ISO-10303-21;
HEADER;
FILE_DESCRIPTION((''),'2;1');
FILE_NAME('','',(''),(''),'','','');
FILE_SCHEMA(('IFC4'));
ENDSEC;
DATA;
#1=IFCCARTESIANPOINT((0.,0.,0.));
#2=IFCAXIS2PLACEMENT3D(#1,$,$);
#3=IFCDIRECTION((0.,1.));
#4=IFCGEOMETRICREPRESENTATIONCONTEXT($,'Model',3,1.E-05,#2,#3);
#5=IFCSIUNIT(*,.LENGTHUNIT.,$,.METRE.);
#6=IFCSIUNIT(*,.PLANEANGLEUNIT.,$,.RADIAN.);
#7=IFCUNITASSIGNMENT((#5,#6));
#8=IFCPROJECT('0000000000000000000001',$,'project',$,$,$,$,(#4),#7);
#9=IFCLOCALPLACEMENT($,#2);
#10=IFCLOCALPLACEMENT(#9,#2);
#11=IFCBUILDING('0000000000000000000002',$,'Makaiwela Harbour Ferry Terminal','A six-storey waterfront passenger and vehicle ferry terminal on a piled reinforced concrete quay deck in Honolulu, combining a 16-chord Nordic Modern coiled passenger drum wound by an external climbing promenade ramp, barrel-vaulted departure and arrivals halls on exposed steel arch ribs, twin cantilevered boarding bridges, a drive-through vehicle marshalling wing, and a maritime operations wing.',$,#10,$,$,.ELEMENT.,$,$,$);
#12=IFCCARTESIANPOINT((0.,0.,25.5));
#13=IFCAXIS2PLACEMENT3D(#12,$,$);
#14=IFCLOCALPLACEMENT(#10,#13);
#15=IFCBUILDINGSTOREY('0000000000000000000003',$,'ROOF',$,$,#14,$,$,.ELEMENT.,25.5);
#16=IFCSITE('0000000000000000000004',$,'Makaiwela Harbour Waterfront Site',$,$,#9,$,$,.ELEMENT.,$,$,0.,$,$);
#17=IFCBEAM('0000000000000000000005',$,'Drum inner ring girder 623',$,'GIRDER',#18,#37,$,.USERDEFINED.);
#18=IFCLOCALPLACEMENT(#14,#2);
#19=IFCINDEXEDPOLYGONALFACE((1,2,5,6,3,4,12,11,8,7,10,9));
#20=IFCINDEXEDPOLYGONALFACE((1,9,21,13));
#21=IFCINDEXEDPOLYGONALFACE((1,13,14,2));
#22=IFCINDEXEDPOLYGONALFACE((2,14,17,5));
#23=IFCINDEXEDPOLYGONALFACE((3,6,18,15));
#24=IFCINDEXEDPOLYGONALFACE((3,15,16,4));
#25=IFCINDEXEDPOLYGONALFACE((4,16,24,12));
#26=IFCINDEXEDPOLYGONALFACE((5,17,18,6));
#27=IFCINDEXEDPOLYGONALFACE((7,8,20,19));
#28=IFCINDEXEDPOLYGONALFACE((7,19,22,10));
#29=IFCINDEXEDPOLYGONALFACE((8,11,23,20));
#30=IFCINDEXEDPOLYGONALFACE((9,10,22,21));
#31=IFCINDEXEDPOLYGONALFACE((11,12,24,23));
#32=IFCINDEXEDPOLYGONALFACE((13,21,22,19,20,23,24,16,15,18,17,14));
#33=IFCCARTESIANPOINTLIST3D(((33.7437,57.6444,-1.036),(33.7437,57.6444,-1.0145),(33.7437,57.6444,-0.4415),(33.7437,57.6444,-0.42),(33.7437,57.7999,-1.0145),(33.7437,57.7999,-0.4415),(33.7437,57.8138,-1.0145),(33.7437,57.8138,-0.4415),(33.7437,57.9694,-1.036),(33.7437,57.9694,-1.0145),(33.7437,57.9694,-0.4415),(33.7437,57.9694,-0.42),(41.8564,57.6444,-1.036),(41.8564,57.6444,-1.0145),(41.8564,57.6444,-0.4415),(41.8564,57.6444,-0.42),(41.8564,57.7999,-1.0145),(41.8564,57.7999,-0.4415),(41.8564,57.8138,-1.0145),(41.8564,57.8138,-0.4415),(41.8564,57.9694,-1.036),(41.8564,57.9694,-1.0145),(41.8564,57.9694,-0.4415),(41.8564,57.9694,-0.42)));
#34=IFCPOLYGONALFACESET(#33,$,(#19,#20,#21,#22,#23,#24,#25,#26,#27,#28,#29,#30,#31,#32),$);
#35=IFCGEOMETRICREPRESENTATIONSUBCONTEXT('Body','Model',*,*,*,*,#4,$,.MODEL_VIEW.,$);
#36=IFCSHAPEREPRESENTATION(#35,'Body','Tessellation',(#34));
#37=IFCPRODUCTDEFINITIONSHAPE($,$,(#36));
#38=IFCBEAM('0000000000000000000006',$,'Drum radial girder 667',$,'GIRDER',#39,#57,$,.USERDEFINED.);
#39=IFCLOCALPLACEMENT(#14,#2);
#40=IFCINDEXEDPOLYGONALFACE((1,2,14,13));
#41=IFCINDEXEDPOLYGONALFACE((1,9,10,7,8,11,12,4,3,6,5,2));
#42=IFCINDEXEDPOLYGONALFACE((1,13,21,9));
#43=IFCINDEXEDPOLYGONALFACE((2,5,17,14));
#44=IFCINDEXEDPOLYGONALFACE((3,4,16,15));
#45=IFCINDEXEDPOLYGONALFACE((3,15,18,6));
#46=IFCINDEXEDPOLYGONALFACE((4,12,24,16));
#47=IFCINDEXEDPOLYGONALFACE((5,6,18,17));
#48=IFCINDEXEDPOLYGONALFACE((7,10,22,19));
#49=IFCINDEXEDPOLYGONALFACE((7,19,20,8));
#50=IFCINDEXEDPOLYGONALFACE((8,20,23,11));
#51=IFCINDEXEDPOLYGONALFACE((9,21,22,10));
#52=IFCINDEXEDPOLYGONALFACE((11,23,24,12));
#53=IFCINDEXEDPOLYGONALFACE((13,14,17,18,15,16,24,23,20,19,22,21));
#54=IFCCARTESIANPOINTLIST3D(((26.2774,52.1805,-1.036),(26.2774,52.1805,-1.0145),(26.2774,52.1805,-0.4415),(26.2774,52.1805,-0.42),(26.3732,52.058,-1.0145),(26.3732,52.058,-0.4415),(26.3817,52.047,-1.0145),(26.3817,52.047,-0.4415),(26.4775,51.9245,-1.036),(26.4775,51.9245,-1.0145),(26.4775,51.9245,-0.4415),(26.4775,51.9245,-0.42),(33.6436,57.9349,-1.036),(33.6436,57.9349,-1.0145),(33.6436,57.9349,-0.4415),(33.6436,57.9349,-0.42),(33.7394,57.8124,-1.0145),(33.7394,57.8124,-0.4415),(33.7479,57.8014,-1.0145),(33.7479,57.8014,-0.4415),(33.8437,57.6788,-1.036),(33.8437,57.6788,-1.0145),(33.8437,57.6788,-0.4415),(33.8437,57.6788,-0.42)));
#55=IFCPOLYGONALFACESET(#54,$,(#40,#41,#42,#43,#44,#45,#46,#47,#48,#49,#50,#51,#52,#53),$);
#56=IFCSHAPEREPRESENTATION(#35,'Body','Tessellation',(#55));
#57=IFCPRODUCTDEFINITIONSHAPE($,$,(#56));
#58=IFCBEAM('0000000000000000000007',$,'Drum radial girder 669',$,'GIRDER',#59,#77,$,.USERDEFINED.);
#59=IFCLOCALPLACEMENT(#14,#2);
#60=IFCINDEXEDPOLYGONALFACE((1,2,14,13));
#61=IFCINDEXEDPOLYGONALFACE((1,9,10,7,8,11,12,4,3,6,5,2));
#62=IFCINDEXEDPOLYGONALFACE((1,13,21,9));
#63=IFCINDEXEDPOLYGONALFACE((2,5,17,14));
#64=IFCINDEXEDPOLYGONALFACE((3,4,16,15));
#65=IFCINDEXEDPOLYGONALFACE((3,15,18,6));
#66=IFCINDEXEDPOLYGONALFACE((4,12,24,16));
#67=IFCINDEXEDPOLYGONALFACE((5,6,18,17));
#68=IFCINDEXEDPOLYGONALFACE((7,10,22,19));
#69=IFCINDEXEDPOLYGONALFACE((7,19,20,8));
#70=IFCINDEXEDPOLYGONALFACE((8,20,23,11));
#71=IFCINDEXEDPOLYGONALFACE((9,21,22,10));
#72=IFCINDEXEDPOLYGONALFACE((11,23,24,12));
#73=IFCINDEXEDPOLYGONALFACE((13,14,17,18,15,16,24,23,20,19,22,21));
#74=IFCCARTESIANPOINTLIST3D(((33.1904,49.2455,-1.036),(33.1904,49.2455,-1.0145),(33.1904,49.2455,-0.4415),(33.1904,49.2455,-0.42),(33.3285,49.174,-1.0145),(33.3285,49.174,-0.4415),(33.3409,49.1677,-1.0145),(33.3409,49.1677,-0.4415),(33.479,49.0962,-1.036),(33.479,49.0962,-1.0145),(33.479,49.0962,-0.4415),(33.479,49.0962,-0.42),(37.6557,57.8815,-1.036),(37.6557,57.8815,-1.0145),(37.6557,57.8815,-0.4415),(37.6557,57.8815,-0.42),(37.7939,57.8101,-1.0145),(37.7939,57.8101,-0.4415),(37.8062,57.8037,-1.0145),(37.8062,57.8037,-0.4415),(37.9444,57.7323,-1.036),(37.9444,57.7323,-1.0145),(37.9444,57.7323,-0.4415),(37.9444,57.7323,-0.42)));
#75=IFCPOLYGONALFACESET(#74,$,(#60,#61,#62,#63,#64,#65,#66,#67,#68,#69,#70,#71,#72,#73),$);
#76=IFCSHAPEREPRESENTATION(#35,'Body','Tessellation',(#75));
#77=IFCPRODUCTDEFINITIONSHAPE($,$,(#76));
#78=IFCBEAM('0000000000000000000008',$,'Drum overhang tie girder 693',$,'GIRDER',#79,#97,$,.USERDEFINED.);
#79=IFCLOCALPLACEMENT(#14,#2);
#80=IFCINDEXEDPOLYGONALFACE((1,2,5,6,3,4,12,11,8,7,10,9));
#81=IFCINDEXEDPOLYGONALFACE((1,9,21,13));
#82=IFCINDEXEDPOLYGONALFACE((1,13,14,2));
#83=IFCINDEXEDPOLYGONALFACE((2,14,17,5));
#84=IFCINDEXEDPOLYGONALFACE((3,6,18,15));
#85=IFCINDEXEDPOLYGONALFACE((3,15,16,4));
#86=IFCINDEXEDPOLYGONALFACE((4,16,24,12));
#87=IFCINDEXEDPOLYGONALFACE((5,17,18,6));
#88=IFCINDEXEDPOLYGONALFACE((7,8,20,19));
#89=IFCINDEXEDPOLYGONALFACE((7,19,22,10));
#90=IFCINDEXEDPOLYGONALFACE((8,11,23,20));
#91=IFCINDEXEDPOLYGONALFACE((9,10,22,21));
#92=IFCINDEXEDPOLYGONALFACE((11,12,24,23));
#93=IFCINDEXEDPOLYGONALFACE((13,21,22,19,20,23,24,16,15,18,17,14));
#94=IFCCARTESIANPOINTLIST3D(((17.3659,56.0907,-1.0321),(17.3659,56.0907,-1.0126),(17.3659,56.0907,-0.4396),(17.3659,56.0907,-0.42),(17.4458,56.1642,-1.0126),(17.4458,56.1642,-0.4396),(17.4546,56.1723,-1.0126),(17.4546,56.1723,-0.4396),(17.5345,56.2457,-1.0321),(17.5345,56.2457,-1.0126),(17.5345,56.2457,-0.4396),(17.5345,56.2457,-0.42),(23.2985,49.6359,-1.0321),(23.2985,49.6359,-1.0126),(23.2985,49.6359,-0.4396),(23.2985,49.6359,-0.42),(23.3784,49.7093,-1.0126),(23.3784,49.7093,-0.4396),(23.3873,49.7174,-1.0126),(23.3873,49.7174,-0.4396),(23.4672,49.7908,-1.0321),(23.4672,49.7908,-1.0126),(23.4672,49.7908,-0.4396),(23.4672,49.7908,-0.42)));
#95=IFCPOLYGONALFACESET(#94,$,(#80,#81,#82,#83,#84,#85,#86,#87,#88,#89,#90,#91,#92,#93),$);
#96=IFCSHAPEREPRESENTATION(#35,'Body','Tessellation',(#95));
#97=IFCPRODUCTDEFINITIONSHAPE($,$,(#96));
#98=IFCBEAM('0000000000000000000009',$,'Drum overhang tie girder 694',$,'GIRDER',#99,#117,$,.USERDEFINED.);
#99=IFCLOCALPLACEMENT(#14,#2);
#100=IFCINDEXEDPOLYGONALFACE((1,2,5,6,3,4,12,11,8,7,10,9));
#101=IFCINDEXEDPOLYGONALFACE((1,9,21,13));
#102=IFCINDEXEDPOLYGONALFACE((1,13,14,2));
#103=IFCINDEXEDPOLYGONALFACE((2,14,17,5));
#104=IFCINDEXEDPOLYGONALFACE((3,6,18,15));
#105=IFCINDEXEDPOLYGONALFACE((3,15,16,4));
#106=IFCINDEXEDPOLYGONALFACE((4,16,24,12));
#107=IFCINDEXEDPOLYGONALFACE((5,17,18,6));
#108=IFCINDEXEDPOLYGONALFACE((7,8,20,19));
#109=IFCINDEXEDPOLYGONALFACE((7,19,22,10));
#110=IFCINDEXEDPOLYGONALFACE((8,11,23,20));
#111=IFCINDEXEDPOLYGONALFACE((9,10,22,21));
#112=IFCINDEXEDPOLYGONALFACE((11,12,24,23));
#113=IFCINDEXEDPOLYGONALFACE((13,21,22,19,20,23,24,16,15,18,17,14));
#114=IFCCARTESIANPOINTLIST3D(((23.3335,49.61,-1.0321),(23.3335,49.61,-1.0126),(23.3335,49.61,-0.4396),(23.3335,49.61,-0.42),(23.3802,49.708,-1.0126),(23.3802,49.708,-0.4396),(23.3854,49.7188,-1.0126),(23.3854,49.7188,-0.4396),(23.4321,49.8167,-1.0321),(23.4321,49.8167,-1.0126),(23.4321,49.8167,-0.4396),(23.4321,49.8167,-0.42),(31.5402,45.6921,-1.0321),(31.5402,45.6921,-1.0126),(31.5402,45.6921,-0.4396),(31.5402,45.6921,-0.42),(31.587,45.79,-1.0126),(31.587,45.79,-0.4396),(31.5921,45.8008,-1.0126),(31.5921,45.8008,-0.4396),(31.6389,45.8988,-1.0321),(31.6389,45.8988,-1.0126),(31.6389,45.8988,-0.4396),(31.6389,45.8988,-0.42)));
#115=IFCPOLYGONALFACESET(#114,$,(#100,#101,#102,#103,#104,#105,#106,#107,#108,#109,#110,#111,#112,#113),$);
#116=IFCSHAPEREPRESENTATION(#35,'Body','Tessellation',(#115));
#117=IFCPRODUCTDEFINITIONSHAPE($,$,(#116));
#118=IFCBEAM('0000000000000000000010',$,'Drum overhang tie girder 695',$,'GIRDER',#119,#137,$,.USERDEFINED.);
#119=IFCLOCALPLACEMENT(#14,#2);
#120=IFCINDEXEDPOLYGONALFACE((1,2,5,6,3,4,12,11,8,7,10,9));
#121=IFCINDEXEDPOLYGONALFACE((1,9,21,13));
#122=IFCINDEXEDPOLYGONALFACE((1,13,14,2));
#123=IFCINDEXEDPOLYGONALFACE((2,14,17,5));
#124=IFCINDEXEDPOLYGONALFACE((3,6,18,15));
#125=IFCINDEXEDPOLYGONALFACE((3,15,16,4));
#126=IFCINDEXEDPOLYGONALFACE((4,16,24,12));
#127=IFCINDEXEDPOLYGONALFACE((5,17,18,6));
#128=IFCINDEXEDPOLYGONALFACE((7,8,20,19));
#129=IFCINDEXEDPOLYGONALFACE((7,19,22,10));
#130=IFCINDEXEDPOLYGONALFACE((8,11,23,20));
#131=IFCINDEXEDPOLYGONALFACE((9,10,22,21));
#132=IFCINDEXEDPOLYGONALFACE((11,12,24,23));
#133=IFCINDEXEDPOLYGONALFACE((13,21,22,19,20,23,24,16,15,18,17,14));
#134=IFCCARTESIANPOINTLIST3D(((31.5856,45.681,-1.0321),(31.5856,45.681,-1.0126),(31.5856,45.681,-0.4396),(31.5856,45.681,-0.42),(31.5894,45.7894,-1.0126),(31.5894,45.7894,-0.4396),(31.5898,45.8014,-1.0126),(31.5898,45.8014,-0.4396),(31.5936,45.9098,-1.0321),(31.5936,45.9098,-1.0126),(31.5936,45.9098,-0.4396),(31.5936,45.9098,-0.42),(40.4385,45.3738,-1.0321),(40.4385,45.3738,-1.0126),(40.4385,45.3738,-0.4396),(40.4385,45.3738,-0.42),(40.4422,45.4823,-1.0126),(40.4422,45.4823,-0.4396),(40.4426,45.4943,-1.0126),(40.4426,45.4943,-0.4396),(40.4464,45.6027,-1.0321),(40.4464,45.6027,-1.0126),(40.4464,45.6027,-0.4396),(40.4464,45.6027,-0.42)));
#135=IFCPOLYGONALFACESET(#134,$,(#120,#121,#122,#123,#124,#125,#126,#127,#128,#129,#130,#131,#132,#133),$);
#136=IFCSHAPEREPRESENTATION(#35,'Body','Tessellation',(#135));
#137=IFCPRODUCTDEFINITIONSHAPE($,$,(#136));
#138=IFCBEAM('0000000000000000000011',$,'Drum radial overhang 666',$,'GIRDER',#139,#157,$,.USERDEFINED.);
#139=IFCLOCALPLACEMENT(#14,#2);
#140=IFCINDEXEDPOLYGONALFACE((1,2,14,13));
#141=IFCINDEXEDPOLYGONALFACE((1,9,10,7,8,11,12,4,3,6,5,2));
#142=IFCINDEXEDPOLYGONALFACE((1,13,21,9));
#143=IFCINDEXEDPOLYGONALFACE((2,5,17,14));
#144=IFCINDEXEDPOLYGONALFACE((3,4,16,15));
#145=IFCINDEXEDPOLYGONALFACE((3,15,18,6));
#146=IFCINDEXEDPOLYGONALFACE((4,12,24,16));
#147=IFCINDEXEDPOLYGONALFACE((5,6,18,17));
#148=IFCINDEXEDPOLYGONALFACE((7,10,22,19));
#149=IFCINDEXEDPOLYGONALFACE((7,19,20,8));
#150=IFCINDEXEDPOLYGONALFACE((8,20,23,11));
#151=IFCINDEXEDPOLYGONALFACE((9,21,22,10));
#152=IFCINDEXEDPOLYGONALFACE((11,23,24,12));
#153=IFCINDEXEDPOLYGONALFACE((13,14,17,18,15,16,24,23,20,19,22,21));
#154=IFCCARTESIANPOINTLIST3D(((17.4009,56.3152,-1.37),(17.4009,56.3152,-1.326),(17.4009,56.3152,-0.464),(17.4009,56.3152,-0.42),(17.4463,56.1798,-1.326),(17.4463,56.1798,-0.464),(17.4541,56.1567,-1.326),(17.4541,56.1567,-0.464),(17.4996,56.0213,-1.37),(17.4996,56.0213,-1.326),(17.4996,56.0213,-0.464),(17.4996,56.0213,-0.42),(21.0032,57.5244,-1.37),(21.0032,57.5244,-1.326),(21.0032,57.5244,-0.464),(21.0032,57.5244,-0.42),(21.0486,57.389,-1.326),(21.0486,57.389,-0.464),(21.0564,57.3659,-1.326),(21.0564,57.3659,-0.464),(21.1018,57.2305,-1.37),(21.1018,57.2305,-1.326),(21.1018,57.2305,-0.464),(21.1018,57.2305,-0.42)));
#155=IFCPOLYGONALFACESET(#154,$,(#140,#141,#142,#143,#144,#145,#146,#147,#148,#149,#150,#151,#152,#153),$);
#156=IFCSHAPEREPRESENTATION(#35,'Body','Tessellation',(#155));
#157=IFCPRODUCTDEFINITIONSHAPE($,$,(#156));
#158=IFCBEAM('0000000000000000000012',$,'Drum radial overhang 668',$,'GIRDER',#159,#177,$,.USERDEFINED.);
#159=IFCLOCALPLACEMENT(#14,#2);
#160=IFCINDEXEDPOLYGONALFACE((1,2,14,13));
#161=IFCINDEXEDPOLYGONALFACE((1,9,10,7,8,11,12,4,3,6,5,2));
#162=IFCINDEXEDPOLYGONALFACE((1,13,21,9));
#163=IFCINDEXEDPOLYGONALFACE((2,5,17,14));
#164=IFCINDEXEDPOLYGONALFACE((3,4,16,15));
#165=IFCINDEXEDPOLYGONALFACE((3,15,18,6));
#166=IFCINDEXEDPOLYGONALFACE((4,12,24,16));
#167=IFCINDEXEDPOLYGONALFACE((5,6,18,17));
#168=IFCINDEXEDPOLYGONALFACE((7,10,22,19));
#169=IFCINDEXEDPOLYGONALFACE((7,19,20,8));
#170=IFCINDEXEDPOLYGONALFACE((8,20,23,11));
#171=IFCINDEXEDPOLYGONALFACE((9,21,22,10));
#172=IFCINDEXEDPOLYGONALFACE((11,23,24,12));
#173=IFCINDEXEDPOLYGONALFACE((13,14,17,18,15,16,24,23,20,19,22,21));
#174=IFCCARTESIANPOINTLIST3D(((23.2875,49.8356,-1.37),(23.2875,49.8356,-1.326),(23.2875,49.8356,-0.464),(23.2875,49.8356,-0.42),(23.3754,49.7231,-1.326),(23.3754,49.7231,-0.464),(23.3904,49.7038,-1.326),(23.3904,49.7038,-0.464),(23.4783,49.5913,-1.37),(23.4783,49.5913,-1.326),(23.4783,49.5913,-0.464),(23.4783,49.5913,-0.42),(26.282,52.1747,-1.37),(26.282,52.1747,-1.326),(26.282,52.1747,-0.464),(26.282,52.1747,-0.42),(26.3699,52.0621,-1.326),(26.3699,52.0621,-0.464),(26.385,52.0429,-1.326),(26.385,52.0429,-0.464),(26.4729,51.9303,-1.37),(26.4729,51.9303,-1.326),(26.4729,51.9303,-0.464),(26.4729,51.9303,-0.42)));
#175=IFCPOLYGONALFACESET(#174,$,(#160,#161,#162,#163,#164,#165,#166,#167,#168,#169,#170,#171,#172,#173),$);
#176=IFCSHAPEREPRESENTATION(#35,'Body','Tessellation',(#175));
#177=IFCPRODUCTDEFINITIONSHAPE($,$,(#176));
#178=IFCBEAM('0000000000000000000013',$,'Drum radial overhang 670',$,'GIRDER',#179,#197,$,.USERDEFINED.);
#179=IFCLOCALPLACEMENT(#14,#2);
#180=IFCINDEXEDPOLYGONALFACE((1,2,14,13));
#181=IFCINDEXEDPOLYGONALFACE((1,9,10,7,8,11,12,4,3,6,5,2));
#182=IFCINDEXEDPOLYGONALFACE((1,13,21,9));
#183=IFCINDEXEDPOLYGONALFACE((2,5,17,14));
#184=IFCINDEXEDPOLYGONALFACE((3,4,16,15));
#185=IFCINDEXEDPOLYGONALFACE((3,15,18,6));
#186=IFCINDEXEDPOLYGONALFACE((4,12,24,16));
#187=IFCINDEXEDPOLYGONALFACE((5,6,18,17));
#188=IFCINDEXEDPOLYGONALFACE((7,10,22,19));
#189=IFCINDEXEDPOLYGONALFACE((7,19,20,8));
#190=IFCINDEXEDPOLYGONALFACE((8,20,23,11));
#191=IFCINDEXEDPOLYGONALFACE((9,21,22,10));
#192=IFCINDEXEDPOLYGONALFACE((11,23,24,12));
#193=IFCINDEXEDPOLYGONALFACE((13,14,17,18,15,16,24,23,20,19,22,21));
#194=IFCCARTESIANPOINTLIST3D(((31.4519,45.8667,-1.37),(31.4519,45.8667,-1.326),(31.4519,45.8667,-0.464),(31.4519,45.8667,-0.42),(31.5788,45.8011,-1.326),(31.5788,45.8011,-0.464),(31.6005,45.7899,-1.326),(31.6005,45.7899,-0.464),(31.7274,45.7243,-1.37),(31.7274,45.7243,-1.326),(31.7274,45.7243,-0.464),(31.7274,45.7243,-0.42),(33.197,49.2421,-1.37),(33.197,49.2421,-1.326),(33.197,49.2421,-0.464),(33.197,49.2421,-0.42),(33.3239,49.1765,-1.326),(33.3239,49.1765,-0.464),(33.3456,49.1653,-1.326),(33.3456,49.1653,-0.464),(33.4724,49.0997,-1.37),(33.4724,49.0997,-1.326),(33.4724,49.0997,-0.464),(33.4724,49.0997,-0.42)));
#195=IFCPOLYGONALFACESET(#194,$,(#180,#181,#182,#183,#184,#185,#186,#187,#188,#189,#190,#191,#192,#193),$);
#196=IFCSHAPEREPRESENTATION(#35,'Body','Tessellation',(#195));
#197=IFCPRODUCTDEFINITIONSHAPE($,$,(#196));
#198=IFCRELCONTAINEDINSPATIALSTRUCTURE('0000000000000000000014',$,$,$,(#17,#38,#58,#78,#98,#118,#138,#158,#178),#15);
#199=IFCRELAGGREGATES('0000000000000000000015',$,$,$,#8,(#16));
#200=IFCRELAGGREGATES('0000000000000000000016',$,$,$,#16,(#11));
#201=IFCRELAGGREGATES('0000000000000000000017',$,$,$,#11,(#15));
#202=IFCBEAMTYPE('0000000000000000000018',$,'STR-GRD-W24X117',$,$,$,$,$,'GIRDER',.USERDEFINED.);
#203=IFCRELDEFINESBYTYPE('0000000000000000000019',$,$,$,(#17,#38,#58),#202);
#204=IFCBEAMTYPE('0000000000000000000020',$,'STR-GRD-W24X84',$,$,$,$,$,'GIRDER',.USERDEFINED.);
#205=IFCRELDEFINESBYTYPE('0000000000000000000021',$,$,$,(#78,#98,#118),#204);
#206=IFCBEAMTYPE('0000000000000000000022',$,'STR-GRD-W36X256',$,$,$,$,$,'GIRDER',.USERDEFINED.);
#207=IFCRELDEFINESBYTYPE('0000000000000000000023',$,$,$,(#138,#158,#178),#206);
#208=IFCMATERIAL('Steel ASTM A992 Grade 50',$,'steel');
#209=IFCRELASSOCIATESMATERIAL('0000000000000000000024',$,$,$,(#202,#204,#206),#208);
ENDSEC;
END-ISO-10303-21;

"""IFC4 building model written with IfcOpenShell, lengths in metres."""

from ifc_helpers import new_model, si_unit, direction, frame, origin, origin_2d, place, context, subcontext, project, spatial, i_section, extrude, material, material_profile, profile_set, type_object, element, save


model = new_model("IFC4")

# Units and contexts
model_context = context("Model", 3, precision=1e-05, world=origin(), true_north=direction((0.0, 1.0)))
body_context = subcontext(model_context, "Body", "Model", "MODEL_VIEW")
ifc_project = project(units=[si_unit("LENGTHUNIT", "METRE"), si_unit("PLANEANGLEUNIT", "RADIAN")], contexts=[model_context])

# Site, building, storey
site_placement = place(None, origin())
site = spatial("IfcSite", under=ifc_project, at=site_placement, Name="Makaiwela Harbour Waterfront Site", CompositionType="ELEMENT", RefElevation=0.0)
building_placement = place(site_placement, origin())
building = spatial("IfcBuilding", under=site, at=building_placement, Name="Makaiwela Harbour Ferry Terminal", Description="A six-storey waterfront passenger and vehicle ferry terminal on a piled reinforced concrete quay deck in Honolulu, combining a 16-chord Nordic Modern coiled passenger drum wound by an external climbing promenade ramp, barrel-vaulted departure and arrivals halls on exposed steel arch ribs, twin cantilevered boarding bridges, a drive-through vehicle marshalling wing, and a maritime operations wing.", CompositionType="ELEMENT")
storey_placement = place(building_placement, frame((0.0, 0.0, 25.5)))
storey = spatial("IfcBuildingStorey", under=building, at=storey_placement, Name="ROOF", CompositionType="ELEMENT", Elevation=25.5)

# Beams
ifc_material_1 = material(Name="Steel ASTM A992 Grade 50", Category="steel")
ifc_material_profile_1 = material_profile(ifc_material_1, i_section(OverallWidth=0.325, OverallDepth=0.616, WebThickness=0.0139, FlangeThickness=0.0215, at=origin_2d()), Name="W24X117")
ifc_profile_set_1 = profile_set([ifc_material_profile_1], Name="Steel ASTM A992 Grade 50")
beam_type_1 = type_object("IfcBeamType", Name="STR-GRD-W24X117", ElementType="GIRDER", PredefinedType="USERDEFINED", material=ifc_profile_set_1)
beam_1_placement = place(storey_placement, frame((33.7437, 57.8069, -0.728), z_axis=(1.0, 0.0, 0.0), x_axis=(0.0, 1.0, 0.0)))
element("IfcBeam", 1, at=beam_1_placement, inside=storey, type_object=beam_type_1, Name="Drum inner ring girder 623", ObjectType="GIRDER", PredefinedType="USERDEFINED", context=body_context, shape_type="SweptSolid", body=[
    extrude(i_section(OverallWidth=0.325, OverallDepth=0.616, WebThickness=0.0139, FlangeThickness=0.0215, at=origin_2d()), origin(), (0.0, 0.0, 1.0), 8.1128),
])
beam_2_placement = place(storey_placement, frame((33.7437, 57.8069, -0.728), z_axis=(-0.788048, -0.615614, 0.0), x_axis=(0.615614, -0.788048, 0.0)))
element("IfcBeam", 2, at=beam_2_placement, inside=storey, type_object=beam_type_1, Name="Drum radial girder 667", ObjectType="GIRDER", PredefinedType="USERDEFINED", context=body_context, shape_type="SweptSolid", body=[
    extrude(i_section(OverallWidth=0.325, OverallDepth=0.616, WebThickness=0.0139, FlangeThickness=0.0215, at=origin_2d()), origin(), (0.0, 0.0, 1.0), 9.3474),
])
beam_3_placement = place(storey_placement, frame((37.8, 57.8069, -0.728), z_axis=(-0.459297, -0.888283, 0.0), x_axis=(0.888283, -0.459297, 0.0)))
element("IfcBeam", 3, at=beam_3_placement, inside=storey, type_object=beam_type_1, Name="Drum radial girder 669", ObjectType="GIRDER", PredefinedType="USERDEFINED", context=body_context, shape_type="SweptSolid", body=[
    extrude(i_section(OverallWidth=0.325, OverallDepth=0.616, WebThickness=0.0139, FlangeThickness=0.0215, at=origin_2d()), origin(), (0.0, 0.0, 1.0), 9.7222),
])
ifc_material_profile_2 = material_profile(ifc_material_1, i_section(OverallWidth=0.229, OverallDepth=0.6121, WebThickness=0.012, FlangeThickness=0.0195, at=origin_2d()), Name="W24X84")
ifc_profile_set_2 = profile_set([ifc_material_profile_2], Name="Steel ASTM A992 Grade 50")
beam_type_2 = type_object("IfcBeamType", Name="STR-GRD-W24X84", ElementType="GIRDER", PredefinedType="USERDEFINED", material=ifc_profile_set_2)
beam_4_placement = place(storey_placement, frame((17.4502, 56.1682, -0.7261), z_axis=(0.676696, -0.736262, 0.0), x_axis=(0.736262, 0.676696, 0.0)))
element("IfcBeam", 4, at=beam_4_placement, inside=storey, type_object=beam_type_2, Name="Drum overhang tie girder 693", ObjectType="GIRDER", PredefinedType="USERDEFINED", context=body_context, shape_type="SweptSolid", body=[
    extrude(i_section(OverallWidth=0.229, OverallDepth=0.6121, WebThickness=0.012, FlangeThickness=0.0195, at=origin_2d()), origin(), (0.0, 0.0, 1.0), 8.7671),
])
beam_5_placement = place(storey_placement, frame((23.3828, 49.7134, -0.7261), z_axis=(0.902434, -0.430827, 0.0), x_axis=(0.430827, 0.902434, 0.0)))
element("IfcBeam", 5, at=beam_5_placement, inside=storey, type_object=beam_type_2, Name="Drum overhang tie girder 694", ObjectType="GIRDER", PredefinedType="USERDEFINED", context=body_context, shape_type="SweptSolid", body=[
    extrude(i_section(OverallWidth=0.229, OverallDepth=0.6121, WebThickness=0.012, FlangeThickness=0.0195, at=origin_2d()), origin(), (0.0, 0.0, 1.0), 9.094),
])
beam_6_placement = place(storey_placement, frame((31.5896, 45.7954, -0.7261), z_axis=(0.999399, -0.034672, 0.0), x_axis=(0.034672, 0.999399, 0.0)))
element("IfcBeam", 6, at=beam_6_placement, inside=storey, type_object=beam_type_2, Name="Drum overhang tie girder 695", ObjectType="GIRDER", PredefinedType="USERDEFINED", context=body_context, shape_type="SweptSolid", body=[
    extrude(i_section(OverallWidth=0.229, OverallDepth=0.6121, WebThickness=0.012, FlangeThickness=0.0195, at=origin_2d()), origin(), (0.0, 0.0, 1.0), 8.8582),
])
ifc_material_profile_3 = material_profile(ifc_material_1, i_section(OverallWidth=0.3101, OverallDepth=0.95, WebThickness=0.0244, FlangeThickness=0.0439, at=origin_2d()), Name="W36X256")
ifc_profile_set_3 = profile_set([ifc_material_profile_3], Name="Steel ASTM A992 Grade 50")
beam_type_3 = type_object("IfcBeamType", Name="STR-GRD-W36X256", ElementType="GIRDER", PredefinedType="USERDEFINED", material=ifc_profile_set_3)
for number, where, z_axis, x_axis, name in (
    (7, (21.0525, 57.3774, -0.895), (-0.948013, -0.318232, 0.0), (0.318232, -0.948013, 0.0), "Drum radial overhang 666"),
    (8, (26.3774, 52.0525, -0.895), (-0.788081, -0.615572, 0.0), (0.615572, -0.788081, 0.0), "Drum radial overhang 668"),
    (9, (33.3347, 49.1709, -0.895), (-0.459252, -0.888306, 0.0), (0.888306, -0.459252, 0.0), "Drum radial overhang 670"),
):
    element("IfcBeam", number, at=place(storey_placement, frame(where, z_axis=z_axis, x_axis=x_axis)), inside=storey, type_object=beam_type_3, Name=name, ObjectType="GIRDER", PredefinedType="USERDEFINED", context=body_context, shape_type="SweptSolid", body=[
        extrude(i_section(OverallWidth=0.3101, OverallDepth=0.95, WebThickness=0.0244, FlangeThickness=0.0439, at=origin_2d()), origin(), (0.0, 0.0, 1.0), 3.7998),
    ])

save(model, "model.ifc")
